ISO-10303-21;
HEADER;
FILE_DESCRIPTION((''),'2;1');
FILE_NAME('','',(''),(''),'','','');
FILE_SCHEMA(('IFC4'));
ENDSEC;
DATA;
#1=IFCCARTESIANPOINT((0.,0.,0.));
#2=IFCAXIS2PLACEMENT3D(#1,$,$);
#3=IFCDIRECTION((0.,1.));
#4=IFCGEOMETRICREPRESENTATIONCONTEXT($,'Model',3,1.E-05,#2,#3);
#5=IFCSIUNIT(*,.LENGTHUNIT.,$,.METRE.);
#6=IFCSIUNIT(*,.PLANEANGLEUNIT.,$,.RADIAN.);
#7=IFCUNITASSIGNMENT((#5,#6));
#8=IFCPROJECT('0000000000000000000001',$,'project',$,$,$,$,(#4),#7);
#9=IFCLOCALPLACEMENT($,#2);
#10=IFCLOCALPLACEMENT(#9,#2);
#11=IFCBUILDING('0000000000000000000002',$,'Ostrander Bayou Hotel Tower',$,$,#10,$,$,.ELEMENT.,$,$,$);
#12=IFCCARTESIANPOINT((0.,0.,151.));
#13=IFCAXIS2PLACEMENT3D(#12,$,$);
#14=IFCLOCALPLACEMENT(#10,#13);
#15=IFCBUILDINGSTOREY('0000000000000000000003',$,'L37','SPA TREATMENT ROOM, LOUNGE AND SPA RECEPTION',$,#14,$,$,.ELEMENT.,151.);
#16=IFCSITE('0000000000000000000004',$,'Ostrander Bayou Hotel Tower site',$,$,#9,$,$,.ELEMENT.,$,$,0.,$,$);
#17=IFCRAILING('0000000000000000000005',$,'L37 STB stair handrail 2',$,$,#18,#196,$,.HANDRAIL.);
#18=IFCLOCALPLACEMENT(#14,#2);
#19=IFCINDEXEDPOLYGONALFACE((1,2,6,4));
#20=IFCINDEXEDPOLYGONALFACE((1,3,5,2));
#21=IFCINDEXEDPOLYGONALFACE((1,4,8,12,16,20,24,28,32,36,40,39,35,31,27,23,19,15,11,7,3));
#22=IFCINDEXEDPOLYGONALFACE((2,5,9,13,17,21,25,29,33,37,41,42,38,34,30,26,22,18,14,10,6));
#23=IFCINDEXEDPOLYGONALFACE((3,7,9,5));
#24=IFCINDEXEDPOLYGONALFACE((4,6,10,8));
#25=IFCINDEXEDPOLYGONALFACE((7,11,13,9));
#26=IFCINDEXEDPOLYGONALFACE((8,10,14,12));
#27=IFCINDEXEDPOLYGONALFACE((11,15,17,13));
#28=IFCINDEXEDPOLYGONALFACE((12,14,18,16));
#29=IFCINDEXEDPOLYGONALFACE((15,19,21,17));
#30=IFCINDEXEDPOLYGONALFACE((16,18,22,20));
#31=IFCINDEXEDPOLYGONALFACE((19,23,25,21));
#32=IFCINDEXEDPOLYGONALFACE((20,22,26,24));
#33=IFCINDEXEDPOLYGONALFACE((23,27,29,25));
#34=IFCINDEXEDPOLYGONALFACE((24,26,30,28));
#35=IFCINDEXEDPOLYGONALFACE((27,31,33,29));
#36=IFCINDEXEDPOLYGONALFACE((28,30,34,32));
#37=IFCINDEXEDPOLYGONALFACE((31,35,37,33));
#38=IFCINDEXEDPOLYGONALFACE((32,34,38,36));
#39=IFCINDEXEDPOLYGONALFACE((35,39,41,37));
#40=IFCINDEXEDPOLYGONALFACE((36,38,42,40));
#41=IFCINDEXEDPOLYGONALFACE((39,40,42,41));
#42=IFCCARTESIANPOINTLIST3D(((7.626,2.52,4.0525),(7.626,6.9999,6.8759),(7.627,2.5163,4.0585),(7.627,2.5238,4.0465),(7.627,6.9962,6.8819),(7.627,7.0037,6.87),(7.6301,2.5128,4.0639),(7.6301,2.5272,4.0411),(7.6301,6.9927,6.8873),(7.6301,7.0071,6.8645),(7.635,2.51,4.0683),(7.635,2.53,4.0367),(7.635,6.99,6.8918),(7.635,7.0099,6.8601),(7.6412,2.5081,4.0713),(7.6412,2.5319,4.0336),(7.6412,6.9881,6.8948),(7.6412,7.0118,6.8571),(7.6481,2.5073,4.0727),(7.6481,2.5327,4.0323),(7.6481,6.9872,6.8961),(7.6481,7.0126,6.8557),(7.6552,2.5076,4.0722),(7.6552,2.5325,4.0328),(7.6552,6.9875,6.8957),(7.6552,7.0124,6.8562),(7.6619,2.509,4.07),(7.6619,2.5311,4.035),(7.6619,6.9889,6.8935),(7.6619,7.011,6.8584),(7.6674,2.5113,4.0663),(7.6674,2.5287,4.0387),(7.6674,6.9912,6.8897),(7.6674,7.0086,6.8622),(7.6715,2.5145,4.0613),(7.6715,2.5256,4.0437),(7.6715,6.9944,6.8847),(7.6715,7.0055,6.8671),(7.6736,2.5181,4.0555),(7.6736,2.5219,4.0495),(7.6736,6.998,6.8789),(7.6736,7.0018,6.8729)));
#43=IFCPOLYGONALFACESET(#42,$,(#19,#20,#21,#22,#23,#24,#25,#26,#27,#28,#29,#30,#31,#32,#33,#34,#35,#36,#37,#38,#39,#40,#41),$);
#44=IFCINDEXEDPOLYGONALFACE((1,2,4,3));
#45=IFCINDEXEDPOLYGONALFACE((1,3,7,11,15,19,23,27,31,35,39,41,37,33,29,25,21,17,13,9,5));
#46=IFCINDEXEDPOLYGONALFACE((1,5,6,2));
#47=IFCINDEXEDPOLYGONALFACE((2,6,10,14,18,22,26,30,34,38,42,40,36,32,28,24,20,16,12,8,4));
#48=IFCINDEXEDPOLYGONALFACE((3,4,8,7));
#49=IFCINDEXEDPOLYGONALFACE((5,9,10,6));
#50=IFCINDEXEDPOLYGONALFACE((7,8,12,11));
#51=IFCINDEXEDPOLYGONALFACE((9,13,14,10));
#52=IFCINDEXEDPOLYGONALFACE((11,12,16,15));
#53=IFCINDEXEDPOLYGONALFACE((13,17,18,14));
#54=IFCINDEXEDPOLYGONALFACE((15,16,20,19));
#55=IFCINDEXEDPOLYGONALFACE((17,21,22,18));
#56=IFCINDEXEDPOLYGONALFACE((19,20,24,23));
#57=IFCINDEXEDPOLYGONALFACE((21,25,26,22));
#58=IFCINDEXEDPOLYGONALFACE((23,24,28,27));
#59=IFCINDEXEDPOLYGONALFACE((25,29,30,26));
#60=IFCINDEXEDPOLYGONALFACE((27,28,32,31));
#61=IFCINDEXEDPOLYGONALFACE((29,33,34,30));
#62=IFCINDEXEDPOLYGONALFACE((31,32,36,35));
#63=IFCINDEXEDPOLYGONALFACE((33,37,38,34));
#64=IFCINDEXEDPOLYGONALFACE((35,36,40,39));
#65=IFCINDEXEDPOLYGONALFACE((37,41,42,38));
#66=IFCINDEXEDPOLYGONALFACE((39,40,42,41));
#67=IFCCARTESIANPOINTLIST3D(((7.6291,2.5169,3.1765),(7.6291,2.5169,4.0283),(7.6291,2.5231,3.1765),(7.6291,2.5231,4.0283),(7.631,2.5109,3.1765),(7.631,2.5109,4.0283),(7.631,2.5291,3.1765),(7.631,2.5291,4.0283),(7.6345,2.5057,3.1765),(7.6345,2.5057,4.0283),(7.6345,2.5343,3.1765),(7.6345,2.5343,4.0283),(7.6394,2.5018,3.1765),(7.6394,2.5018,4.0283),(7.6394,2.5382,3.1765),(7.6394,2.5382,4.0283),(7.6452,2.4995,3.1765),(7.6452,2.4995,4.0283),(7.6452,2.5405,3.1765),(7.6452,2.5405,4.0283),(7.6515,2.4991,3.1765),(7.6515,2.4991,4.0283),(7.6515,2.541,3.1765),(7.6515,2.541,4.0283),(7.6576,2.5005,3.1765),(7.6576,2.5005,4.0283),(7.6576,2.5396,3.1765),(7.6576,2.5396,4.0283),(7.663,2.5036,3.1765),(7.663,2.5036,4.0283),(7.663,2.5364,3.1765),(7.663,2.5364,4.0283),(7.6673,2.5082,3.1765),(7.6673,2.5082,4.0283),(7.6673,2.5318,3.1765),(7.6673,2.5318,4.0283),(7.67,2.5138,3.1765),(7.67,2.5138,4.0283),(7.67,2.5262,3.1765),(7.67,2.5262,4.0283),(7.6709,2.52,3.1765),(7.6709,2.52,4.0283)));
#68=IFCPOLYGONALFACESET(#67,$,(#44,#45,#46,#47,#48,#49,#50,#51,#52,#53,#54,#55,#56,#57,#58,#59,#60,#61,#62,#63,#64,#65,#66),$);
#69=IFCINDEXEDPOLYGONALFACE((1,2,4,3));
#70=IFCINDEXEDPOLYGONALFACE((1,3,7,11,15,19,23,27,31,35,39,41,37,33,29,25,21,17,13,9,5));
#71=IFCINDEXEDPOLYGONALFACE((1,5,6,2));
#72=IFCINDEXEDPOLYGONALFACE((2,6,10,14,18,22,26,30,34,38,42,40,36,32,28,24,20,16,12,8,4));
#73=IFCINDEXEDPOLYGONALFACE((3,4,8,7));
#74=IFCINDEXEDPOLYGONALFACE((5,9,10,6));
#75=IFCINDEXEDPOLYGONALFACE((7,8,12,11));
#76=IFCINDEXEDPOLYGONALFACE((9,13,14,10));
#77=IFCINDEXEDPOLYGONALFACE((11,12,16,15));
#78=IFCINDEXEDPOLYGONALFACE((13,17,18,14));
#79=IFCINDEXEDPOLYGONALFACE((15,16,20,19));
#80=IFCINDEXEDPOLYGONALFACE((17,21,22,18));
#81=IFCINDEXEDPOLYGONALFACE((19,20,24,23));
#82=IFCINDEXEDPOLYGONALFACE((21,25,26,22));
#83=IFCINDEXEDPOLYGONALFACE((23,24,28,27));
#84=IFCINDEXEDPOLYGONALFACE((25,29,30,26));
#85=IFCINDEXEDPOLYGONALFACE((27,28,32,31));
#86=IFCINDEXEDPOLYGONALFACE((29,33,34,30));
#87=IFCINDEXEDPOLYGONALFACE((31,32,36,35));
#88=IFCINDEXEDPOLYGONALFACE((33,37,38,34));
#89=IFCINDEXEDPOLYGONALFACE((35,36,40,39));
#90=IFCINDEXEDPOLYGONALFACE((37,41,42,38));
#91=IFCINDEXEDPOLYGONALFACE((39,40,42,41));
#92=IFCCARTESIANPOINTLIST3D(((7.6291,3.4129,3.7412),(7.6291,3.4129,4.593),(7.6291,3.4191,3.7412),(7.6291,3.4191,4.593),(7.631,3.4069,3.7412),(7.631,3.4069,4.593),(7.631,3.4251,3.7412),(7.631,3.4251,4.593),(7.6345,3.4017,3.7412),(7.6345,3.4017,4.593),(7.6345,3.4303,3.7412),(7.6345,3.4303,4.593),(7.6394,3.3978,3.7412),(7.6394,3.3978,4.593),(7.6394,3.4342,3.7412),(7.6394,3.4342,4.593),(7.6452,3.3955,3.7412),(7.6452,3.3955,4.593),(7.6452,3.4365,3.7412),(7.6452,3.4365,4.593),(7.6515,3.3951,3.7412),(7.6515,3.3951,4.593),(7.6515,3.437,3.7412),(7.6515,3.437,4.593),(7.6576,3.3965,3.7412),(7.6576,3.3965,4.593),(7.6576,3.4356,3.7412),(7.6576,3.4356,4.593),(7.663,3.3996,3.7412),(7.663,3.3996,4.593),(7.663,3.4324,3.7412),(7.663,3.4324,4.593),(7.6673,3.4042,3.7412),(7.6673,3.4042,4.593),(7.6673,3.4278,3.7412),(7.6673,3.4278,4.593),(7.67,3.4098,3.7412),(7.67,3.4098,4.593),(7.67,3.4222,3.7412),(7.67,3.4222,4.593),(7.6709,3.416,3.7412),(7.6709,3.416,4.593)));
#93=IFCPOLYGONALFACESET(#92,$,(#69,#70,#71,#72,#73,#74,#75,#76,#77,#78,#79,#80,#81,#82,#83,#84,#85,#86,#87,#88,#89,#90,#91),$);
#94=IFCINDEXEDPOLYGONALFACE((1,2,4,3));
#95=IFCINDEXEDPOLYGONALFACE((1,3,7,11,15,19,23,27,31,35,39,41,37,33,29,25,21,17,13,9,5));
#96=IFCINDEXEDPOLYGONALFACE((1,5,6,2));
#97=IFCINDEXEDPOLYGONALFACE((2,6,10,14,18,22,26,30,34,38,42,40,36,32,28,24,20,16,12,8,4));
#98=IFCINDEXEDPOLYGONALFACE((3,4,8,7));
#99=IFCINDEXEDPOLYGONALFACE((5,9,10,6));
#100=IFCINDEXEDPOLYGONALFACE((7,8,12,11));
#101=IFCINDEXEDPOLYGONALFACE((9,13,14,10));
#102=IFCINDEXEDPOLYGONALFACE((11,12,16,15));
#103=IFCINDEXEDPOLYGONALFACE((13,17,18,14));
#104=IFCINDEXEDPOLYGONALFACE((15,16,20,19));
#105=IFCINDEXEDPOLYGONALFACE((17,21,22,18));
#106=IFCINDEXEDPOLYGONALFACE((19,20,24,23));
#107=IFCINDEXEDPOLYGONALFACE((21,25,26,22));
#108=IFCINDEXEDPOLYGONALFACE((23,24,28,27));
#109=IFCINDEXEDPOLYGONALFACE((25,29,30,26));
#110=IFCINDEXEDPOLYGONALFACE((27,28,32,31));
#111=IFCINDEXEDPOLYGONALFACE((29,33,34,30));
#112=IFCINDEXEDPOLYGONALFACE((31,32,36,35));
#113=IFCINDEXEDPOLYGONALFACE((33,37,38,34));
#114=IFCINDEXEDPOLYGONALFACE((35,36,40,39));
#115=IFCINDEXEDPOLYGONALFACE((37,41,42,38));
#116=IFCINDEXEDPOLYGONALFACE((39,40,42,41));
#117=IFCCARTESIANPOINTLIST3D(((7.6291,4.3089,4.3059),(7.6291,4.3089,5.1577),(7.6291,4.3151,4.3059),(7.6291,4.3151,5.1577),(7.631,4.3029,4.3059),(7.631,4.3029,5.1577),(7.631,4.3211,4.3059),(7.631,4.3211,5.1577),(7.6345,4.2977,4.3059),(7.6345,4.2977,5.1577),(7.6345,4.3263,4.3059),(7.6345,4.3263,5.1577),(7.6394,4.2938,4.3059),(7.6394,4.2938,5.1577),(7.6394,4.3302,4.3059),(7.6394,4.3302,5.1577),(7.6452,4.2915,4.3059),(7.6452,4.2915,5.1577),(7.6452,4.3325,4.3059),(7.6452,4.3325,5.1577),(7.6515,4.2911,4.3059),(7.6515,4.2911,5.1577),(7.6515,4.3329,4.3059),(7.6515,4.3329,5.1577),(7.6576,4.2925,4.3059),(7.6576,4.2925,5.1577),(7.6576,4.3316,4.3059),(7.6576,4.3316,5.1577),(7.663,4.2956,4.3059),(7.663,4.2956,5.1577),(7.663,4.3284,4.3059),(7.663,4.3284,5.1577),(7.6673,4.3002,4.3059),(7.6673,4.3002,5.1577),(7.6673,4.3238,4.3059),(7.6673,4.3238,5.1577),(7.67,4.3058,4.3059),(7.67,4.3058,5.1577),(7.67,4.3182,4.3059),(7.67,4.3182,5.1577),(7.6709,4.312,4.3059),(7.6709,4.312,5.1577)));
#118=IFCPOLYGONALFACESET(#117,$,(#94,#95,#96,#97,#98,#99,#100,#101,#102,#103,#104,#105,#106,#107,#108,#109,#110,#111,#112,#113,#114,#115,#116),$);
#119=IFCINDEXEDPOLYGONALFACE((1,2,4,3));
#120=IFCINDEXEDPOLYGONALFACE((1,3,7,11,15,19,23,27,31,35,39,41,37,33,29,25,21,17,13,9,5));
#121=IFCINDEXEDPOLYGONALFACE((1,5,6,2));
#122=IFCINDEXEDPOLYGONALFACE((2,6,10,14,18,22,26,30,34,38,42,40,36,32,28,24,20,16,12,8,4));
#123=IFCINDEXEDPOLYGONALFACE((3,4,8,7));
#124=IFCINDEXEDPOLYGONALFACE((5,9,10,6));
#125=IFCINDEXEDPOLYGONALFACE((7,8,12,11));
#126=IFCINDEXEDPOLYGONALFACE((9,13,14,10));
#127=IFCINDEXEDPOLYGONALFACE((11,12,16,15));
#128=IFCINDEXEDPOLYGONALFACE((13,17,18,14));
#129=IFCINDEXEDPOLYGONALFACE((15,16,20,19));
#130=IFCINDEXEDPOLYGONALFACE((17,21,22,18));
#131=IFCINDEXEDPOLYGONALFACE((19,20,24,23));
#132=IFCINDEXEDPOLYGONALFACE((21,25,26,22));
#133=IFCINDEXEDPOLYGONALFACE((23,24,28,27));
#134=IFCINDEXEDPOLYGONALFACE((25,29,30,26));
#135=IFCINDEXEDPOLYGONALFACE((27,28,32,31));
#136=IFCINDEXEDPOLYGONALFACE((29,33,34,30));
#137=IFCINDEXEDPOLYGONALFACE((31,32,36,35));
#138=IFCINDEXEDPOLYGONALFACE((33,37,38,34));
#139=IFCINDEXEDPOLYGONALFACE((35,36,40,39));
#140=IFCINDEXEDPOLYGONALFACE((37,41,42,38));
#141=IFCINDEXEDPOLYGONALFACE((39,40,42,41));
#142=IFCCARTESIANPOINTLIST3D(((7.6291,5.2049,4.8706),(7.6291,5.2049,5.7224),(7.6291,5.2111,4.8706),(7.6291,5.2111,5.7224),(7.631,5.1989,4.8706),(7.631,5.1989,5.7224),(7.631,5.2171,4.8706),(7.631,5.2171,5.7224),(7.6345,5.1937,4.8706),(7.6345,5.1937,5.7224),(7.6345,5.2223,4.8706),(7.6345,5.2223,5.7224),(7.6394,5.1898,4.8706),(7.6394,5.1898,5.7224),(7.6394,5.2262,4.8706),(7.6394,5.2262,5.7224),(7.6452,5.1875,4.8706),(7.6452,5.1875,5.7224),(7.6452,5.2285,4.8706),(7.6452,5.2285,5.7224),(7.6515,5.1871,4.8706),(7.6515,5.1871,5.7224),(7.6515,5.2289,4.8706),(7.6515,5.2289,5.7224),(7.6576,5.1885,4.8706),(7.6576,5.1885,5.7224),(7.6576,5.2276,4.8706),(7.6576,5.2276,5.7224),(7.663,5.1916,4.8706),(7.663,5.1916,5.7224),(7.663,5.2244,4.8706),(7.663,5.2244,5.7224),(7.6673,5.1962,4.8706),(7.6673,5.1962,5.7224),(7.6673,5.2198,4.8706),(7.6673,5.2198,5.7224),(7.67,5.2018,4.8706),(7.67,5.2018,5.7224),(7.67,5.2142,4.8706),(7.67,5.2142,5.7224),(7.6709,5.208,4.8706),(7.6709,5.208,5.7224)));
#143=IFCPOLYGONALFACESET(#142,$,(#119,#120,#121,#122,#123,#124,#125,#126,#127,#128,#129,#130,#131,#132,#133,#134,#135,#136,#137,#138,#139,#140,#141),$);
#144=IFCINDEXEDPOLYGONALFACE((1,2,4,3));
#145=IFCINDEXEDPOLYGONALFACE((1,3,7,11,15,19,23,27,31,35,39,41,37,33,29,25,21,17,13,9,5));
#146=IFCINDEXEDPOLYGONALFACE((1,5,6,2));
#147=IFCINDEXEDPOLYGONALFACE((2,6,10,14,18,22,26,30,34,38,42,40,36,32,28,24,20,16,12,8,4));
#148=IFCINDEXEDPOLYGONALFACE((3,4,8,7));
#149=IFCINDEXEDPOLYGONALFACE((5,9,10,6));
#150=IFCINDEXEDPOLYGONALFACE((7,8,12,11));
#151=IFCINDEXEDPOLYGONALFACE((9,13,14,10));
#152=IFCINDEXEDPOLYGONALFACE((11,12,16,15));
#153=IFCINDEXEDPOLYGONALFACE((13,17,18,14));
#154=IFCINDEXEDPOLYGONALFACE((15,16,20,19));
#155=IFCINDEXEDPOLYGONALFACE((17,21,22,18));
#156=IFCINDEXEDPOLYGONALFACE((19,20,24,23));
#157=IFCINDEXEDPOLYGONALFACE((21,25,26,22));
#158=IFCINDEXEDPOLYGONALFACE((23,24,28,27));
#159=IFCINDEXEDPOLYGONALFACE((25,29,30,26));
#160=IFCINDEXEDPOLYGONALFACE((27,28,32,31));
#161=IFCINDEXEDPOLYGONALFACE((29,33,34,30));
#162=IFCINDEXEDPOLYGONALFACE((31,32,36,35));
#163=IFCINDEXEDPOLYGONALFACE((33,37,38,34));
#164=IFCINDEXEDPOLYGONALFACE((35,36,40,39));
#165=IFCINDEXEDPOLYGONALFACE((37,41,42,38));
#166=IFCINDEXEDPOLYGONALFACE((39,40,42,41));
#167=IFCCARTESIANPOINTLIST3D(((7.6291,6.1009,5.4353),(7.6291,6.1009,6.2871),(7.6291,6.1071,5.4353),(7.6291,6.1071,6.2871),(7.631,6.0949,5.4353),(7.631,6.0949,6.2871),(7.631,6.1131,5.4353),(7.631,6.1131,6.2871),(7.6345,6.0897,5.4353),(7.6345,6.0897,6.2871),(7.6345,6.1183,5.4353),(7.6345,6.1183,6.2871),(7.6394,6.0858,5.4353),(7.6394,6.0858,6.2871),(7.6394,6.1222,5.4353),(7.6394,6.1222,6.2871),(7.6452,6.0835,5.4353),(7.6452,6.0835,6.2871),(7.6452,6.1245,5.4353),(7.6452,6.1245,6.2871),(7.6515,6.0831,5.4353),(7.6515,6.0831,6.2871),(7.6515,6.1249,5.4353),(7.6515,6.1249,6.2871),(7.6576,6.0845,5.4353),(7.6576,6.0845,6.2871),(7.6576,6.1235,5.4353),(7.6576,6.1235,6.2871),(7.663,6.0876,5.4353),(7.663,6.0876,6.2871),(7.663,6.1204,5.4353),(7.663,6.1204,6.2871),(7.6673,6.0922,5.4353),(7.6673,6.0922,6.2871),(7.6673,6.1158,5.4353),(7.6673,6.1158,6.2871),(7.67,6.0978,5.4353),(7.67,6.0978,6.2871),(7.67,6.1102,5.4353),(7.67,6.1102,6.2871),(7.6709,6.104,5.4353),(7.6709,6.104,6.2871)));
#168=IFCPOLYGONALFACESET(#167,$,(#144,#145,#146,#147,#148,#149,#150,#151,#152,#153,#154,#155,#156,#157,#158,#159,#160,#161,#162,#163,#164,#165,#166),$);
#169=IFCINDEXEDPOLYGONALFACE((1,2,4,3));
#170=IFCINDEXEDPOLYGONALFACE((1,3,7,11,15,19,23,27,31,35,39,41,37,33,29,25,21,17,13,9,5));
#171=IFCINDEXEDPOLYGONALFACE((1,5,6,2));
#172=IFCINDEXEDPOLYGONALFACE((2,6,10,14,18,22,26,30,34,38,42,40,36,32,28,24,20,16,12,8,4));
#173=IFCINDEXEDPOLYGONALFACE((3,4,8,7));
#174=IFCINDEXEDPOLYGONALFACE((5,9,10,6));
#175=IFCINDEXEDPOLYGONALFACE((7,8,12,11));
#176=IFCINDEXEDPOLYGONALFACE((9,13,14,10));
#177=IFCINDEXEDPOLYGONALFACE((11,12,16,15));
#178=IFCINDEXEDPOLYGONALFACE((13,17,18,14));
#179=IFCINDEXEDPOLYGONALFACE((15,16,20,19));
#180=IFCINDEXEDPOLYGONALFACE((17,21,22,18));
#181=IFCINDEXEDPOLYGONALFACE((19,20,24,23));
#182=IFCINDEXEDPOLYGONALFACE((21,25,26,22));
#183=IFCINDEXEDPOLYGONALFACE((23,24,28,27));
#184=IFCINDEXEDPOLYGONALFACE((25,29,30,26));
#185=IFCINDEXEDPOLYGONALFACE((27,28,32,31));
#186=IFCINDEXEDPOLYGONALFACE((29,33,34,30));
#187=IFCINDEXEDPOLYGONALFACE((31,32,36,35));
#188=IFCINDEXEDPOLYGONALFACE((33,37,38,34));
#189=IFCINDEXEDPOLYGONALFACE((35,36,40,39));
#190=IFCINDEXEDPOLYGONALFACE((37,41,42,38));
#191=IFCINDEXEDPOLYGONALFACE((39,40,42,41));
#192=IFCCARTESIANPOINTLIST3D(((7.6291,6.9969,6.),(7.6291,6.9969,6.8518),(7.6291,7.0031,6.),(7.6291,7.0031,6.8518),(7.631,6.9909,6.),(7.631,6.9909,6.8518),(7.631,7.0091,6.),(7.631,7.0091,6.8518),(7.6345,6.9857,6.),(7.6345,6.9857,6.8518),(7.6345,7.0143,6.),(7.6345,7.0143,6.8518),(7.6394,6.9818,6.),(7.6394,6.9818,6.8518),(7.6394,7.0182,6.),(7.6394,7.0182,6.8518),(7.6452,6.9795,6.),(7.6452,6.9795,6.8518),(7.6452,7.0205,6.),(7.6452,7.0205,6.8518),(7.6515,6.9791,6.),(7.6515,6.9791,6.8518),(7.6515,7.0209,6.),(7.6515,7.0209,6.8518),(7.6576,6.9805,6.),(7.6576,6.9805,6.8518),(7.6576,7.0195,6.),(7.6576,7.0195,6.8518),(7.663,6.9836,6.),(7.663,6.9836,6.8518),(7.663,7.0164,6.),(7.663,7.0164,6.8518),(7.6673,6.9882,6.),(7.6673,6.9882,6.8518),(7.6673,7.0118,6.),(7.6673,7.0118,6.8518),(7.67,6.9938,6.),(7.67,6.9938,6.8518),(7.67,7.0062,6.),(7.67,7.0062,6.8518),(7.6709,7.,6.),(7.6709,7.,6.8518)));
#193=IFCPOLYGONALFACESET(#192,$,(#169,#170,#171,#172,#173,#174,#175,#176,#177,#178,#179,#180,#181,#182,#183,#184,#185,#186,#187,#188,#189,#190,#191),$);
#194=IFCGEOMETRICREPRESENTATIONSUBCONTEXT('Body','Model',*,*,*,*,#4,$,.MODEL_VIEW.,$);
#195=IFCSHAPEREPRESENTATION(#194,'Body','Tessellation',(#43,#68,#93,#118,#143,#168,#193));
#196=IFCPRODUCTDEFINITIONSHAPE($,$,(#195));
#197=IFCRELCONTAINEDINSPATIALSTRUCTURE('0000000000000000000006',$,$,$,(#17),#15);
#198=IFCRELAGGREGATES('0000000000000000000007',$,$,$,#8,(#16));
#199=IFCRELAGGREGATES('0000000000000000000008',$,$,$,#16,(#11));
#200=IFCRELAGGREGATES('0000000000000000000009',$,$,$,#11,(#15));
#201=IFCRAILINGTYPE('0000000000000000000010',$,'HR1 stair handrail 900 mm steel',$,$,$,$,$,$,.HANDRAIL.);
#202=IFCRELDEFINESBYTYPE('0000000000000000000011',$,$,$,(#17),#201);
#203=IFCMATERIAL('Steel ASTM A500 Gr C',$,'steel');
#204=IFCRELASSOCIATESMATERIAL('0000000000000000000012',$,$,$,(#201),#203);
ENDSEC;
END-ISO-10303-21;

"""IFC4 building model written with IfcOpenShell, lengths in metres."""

from ifc_helpers import new_model, si_unit, direction, frame, origin, origin_2d, place, context, subcontext, project, spatial, circle, extrude, material, type_object, element, save


model = new_model("IFC4")

# Units and contexts
model_context = context("Model", 3, precision=1e-05, world=origin(), true_north=direction((0.0, 1.0)))
body_context = subcontext(model_context, "Body", "Model", "MODEL_VIEW")
ifc_project = project(units=[si_unit("LENGTHUNIT", "METRE"), si_unit("PLANEANGLEUNIT", "RADIAN")], contexts=[model_context])

# Site, building, storey
site_placement = place(None, origin())
site = spatial("IfcSite", under=ifc_project, at=site_placement, Name="Ostrander Bayou Hotel Tower site", CompositionType="ELEMENT", RefElevation=0.0)
building_placement = place(site_placement, origin())
building = spatial("IfcBuilding", under=site, at=building_placement, Name="Ostrander Bayou Hotel Tower", CompositionType="ELEMENT")
storey_placement = place(building_placement, frame((0.0, 0.0, 151.0)))
storey = spatial("IfcBuildingStorey", under=building, at=storey_placement, Name="L37", Description="SPA TREATMENT ROOM, LOUNGE AND SPA RECEPTION", CompositionType="ELEMENT", Elevation=151.0)

# Railing
ifc_material_1 = material(Name="Steel ASTM A500 Gr C", Category="steel")
railing_type_1 = type_object("IfcRailingType", Name="HR1 stair handrail 900 mm steel", PredefinedType="HANDRAIL", material=ifc_material_1)
railing_1_placement = place(storey_placement, frame((7.6499, 2.52, 3.1765)))
element("IfcRailing", 1, at=railing_1_placement, inside=storey, type_object=railing_type_1, Name="L37 STB stair handrail 2", PredefinedType="HANDRAIL", context=body_context, shape_type="SweptSolid", body=[
    extrude(circle(Radius=0.0239, at=origin_2d()), frame((0.0, 0.0, 0.876), z_axis=(0.0, 0.845998, 0.533186), x_axis=(-1.0, 0.0, 0.0)), (0.0, 0.0, 1.0), 5.2954),
    extrude(circle(Radius=0.021, at=origin_2d()), origin(), (0.0, 0.0, 1.0), 0.8518),
    extrude(circle(Radius=0.021, at=origin_2d()), frame((0.0, 0.896, 0.5647)), (0.0, 0.0, 1.0), 0.8518),
    extrude(circle(Radius=0.021, at=origin_2d()), frame((0.0, 1.792, 1.1294)), (0.0, 0.0, 1.0), 0.8518),
    extrude(circle(Radius=0.021, at=origin_2d()), frame((0.0, 2.688, 1.6941)), (0.0, 0.0, 1.0), 0.8518),
    extrude(circle(Radius=0.021, at=origin_2d()), frame((0.0, 3.584, 2.2588)), (0.0, 0.0, 1.0), 0.8518),
    extrude(circle(Radius=0.021, at=origin_2d()), frame((0.0, 4.48, 2.8235)), (0.0, 0.0, 1.0), 0.8518),
])

save(model, "model.ifc")
